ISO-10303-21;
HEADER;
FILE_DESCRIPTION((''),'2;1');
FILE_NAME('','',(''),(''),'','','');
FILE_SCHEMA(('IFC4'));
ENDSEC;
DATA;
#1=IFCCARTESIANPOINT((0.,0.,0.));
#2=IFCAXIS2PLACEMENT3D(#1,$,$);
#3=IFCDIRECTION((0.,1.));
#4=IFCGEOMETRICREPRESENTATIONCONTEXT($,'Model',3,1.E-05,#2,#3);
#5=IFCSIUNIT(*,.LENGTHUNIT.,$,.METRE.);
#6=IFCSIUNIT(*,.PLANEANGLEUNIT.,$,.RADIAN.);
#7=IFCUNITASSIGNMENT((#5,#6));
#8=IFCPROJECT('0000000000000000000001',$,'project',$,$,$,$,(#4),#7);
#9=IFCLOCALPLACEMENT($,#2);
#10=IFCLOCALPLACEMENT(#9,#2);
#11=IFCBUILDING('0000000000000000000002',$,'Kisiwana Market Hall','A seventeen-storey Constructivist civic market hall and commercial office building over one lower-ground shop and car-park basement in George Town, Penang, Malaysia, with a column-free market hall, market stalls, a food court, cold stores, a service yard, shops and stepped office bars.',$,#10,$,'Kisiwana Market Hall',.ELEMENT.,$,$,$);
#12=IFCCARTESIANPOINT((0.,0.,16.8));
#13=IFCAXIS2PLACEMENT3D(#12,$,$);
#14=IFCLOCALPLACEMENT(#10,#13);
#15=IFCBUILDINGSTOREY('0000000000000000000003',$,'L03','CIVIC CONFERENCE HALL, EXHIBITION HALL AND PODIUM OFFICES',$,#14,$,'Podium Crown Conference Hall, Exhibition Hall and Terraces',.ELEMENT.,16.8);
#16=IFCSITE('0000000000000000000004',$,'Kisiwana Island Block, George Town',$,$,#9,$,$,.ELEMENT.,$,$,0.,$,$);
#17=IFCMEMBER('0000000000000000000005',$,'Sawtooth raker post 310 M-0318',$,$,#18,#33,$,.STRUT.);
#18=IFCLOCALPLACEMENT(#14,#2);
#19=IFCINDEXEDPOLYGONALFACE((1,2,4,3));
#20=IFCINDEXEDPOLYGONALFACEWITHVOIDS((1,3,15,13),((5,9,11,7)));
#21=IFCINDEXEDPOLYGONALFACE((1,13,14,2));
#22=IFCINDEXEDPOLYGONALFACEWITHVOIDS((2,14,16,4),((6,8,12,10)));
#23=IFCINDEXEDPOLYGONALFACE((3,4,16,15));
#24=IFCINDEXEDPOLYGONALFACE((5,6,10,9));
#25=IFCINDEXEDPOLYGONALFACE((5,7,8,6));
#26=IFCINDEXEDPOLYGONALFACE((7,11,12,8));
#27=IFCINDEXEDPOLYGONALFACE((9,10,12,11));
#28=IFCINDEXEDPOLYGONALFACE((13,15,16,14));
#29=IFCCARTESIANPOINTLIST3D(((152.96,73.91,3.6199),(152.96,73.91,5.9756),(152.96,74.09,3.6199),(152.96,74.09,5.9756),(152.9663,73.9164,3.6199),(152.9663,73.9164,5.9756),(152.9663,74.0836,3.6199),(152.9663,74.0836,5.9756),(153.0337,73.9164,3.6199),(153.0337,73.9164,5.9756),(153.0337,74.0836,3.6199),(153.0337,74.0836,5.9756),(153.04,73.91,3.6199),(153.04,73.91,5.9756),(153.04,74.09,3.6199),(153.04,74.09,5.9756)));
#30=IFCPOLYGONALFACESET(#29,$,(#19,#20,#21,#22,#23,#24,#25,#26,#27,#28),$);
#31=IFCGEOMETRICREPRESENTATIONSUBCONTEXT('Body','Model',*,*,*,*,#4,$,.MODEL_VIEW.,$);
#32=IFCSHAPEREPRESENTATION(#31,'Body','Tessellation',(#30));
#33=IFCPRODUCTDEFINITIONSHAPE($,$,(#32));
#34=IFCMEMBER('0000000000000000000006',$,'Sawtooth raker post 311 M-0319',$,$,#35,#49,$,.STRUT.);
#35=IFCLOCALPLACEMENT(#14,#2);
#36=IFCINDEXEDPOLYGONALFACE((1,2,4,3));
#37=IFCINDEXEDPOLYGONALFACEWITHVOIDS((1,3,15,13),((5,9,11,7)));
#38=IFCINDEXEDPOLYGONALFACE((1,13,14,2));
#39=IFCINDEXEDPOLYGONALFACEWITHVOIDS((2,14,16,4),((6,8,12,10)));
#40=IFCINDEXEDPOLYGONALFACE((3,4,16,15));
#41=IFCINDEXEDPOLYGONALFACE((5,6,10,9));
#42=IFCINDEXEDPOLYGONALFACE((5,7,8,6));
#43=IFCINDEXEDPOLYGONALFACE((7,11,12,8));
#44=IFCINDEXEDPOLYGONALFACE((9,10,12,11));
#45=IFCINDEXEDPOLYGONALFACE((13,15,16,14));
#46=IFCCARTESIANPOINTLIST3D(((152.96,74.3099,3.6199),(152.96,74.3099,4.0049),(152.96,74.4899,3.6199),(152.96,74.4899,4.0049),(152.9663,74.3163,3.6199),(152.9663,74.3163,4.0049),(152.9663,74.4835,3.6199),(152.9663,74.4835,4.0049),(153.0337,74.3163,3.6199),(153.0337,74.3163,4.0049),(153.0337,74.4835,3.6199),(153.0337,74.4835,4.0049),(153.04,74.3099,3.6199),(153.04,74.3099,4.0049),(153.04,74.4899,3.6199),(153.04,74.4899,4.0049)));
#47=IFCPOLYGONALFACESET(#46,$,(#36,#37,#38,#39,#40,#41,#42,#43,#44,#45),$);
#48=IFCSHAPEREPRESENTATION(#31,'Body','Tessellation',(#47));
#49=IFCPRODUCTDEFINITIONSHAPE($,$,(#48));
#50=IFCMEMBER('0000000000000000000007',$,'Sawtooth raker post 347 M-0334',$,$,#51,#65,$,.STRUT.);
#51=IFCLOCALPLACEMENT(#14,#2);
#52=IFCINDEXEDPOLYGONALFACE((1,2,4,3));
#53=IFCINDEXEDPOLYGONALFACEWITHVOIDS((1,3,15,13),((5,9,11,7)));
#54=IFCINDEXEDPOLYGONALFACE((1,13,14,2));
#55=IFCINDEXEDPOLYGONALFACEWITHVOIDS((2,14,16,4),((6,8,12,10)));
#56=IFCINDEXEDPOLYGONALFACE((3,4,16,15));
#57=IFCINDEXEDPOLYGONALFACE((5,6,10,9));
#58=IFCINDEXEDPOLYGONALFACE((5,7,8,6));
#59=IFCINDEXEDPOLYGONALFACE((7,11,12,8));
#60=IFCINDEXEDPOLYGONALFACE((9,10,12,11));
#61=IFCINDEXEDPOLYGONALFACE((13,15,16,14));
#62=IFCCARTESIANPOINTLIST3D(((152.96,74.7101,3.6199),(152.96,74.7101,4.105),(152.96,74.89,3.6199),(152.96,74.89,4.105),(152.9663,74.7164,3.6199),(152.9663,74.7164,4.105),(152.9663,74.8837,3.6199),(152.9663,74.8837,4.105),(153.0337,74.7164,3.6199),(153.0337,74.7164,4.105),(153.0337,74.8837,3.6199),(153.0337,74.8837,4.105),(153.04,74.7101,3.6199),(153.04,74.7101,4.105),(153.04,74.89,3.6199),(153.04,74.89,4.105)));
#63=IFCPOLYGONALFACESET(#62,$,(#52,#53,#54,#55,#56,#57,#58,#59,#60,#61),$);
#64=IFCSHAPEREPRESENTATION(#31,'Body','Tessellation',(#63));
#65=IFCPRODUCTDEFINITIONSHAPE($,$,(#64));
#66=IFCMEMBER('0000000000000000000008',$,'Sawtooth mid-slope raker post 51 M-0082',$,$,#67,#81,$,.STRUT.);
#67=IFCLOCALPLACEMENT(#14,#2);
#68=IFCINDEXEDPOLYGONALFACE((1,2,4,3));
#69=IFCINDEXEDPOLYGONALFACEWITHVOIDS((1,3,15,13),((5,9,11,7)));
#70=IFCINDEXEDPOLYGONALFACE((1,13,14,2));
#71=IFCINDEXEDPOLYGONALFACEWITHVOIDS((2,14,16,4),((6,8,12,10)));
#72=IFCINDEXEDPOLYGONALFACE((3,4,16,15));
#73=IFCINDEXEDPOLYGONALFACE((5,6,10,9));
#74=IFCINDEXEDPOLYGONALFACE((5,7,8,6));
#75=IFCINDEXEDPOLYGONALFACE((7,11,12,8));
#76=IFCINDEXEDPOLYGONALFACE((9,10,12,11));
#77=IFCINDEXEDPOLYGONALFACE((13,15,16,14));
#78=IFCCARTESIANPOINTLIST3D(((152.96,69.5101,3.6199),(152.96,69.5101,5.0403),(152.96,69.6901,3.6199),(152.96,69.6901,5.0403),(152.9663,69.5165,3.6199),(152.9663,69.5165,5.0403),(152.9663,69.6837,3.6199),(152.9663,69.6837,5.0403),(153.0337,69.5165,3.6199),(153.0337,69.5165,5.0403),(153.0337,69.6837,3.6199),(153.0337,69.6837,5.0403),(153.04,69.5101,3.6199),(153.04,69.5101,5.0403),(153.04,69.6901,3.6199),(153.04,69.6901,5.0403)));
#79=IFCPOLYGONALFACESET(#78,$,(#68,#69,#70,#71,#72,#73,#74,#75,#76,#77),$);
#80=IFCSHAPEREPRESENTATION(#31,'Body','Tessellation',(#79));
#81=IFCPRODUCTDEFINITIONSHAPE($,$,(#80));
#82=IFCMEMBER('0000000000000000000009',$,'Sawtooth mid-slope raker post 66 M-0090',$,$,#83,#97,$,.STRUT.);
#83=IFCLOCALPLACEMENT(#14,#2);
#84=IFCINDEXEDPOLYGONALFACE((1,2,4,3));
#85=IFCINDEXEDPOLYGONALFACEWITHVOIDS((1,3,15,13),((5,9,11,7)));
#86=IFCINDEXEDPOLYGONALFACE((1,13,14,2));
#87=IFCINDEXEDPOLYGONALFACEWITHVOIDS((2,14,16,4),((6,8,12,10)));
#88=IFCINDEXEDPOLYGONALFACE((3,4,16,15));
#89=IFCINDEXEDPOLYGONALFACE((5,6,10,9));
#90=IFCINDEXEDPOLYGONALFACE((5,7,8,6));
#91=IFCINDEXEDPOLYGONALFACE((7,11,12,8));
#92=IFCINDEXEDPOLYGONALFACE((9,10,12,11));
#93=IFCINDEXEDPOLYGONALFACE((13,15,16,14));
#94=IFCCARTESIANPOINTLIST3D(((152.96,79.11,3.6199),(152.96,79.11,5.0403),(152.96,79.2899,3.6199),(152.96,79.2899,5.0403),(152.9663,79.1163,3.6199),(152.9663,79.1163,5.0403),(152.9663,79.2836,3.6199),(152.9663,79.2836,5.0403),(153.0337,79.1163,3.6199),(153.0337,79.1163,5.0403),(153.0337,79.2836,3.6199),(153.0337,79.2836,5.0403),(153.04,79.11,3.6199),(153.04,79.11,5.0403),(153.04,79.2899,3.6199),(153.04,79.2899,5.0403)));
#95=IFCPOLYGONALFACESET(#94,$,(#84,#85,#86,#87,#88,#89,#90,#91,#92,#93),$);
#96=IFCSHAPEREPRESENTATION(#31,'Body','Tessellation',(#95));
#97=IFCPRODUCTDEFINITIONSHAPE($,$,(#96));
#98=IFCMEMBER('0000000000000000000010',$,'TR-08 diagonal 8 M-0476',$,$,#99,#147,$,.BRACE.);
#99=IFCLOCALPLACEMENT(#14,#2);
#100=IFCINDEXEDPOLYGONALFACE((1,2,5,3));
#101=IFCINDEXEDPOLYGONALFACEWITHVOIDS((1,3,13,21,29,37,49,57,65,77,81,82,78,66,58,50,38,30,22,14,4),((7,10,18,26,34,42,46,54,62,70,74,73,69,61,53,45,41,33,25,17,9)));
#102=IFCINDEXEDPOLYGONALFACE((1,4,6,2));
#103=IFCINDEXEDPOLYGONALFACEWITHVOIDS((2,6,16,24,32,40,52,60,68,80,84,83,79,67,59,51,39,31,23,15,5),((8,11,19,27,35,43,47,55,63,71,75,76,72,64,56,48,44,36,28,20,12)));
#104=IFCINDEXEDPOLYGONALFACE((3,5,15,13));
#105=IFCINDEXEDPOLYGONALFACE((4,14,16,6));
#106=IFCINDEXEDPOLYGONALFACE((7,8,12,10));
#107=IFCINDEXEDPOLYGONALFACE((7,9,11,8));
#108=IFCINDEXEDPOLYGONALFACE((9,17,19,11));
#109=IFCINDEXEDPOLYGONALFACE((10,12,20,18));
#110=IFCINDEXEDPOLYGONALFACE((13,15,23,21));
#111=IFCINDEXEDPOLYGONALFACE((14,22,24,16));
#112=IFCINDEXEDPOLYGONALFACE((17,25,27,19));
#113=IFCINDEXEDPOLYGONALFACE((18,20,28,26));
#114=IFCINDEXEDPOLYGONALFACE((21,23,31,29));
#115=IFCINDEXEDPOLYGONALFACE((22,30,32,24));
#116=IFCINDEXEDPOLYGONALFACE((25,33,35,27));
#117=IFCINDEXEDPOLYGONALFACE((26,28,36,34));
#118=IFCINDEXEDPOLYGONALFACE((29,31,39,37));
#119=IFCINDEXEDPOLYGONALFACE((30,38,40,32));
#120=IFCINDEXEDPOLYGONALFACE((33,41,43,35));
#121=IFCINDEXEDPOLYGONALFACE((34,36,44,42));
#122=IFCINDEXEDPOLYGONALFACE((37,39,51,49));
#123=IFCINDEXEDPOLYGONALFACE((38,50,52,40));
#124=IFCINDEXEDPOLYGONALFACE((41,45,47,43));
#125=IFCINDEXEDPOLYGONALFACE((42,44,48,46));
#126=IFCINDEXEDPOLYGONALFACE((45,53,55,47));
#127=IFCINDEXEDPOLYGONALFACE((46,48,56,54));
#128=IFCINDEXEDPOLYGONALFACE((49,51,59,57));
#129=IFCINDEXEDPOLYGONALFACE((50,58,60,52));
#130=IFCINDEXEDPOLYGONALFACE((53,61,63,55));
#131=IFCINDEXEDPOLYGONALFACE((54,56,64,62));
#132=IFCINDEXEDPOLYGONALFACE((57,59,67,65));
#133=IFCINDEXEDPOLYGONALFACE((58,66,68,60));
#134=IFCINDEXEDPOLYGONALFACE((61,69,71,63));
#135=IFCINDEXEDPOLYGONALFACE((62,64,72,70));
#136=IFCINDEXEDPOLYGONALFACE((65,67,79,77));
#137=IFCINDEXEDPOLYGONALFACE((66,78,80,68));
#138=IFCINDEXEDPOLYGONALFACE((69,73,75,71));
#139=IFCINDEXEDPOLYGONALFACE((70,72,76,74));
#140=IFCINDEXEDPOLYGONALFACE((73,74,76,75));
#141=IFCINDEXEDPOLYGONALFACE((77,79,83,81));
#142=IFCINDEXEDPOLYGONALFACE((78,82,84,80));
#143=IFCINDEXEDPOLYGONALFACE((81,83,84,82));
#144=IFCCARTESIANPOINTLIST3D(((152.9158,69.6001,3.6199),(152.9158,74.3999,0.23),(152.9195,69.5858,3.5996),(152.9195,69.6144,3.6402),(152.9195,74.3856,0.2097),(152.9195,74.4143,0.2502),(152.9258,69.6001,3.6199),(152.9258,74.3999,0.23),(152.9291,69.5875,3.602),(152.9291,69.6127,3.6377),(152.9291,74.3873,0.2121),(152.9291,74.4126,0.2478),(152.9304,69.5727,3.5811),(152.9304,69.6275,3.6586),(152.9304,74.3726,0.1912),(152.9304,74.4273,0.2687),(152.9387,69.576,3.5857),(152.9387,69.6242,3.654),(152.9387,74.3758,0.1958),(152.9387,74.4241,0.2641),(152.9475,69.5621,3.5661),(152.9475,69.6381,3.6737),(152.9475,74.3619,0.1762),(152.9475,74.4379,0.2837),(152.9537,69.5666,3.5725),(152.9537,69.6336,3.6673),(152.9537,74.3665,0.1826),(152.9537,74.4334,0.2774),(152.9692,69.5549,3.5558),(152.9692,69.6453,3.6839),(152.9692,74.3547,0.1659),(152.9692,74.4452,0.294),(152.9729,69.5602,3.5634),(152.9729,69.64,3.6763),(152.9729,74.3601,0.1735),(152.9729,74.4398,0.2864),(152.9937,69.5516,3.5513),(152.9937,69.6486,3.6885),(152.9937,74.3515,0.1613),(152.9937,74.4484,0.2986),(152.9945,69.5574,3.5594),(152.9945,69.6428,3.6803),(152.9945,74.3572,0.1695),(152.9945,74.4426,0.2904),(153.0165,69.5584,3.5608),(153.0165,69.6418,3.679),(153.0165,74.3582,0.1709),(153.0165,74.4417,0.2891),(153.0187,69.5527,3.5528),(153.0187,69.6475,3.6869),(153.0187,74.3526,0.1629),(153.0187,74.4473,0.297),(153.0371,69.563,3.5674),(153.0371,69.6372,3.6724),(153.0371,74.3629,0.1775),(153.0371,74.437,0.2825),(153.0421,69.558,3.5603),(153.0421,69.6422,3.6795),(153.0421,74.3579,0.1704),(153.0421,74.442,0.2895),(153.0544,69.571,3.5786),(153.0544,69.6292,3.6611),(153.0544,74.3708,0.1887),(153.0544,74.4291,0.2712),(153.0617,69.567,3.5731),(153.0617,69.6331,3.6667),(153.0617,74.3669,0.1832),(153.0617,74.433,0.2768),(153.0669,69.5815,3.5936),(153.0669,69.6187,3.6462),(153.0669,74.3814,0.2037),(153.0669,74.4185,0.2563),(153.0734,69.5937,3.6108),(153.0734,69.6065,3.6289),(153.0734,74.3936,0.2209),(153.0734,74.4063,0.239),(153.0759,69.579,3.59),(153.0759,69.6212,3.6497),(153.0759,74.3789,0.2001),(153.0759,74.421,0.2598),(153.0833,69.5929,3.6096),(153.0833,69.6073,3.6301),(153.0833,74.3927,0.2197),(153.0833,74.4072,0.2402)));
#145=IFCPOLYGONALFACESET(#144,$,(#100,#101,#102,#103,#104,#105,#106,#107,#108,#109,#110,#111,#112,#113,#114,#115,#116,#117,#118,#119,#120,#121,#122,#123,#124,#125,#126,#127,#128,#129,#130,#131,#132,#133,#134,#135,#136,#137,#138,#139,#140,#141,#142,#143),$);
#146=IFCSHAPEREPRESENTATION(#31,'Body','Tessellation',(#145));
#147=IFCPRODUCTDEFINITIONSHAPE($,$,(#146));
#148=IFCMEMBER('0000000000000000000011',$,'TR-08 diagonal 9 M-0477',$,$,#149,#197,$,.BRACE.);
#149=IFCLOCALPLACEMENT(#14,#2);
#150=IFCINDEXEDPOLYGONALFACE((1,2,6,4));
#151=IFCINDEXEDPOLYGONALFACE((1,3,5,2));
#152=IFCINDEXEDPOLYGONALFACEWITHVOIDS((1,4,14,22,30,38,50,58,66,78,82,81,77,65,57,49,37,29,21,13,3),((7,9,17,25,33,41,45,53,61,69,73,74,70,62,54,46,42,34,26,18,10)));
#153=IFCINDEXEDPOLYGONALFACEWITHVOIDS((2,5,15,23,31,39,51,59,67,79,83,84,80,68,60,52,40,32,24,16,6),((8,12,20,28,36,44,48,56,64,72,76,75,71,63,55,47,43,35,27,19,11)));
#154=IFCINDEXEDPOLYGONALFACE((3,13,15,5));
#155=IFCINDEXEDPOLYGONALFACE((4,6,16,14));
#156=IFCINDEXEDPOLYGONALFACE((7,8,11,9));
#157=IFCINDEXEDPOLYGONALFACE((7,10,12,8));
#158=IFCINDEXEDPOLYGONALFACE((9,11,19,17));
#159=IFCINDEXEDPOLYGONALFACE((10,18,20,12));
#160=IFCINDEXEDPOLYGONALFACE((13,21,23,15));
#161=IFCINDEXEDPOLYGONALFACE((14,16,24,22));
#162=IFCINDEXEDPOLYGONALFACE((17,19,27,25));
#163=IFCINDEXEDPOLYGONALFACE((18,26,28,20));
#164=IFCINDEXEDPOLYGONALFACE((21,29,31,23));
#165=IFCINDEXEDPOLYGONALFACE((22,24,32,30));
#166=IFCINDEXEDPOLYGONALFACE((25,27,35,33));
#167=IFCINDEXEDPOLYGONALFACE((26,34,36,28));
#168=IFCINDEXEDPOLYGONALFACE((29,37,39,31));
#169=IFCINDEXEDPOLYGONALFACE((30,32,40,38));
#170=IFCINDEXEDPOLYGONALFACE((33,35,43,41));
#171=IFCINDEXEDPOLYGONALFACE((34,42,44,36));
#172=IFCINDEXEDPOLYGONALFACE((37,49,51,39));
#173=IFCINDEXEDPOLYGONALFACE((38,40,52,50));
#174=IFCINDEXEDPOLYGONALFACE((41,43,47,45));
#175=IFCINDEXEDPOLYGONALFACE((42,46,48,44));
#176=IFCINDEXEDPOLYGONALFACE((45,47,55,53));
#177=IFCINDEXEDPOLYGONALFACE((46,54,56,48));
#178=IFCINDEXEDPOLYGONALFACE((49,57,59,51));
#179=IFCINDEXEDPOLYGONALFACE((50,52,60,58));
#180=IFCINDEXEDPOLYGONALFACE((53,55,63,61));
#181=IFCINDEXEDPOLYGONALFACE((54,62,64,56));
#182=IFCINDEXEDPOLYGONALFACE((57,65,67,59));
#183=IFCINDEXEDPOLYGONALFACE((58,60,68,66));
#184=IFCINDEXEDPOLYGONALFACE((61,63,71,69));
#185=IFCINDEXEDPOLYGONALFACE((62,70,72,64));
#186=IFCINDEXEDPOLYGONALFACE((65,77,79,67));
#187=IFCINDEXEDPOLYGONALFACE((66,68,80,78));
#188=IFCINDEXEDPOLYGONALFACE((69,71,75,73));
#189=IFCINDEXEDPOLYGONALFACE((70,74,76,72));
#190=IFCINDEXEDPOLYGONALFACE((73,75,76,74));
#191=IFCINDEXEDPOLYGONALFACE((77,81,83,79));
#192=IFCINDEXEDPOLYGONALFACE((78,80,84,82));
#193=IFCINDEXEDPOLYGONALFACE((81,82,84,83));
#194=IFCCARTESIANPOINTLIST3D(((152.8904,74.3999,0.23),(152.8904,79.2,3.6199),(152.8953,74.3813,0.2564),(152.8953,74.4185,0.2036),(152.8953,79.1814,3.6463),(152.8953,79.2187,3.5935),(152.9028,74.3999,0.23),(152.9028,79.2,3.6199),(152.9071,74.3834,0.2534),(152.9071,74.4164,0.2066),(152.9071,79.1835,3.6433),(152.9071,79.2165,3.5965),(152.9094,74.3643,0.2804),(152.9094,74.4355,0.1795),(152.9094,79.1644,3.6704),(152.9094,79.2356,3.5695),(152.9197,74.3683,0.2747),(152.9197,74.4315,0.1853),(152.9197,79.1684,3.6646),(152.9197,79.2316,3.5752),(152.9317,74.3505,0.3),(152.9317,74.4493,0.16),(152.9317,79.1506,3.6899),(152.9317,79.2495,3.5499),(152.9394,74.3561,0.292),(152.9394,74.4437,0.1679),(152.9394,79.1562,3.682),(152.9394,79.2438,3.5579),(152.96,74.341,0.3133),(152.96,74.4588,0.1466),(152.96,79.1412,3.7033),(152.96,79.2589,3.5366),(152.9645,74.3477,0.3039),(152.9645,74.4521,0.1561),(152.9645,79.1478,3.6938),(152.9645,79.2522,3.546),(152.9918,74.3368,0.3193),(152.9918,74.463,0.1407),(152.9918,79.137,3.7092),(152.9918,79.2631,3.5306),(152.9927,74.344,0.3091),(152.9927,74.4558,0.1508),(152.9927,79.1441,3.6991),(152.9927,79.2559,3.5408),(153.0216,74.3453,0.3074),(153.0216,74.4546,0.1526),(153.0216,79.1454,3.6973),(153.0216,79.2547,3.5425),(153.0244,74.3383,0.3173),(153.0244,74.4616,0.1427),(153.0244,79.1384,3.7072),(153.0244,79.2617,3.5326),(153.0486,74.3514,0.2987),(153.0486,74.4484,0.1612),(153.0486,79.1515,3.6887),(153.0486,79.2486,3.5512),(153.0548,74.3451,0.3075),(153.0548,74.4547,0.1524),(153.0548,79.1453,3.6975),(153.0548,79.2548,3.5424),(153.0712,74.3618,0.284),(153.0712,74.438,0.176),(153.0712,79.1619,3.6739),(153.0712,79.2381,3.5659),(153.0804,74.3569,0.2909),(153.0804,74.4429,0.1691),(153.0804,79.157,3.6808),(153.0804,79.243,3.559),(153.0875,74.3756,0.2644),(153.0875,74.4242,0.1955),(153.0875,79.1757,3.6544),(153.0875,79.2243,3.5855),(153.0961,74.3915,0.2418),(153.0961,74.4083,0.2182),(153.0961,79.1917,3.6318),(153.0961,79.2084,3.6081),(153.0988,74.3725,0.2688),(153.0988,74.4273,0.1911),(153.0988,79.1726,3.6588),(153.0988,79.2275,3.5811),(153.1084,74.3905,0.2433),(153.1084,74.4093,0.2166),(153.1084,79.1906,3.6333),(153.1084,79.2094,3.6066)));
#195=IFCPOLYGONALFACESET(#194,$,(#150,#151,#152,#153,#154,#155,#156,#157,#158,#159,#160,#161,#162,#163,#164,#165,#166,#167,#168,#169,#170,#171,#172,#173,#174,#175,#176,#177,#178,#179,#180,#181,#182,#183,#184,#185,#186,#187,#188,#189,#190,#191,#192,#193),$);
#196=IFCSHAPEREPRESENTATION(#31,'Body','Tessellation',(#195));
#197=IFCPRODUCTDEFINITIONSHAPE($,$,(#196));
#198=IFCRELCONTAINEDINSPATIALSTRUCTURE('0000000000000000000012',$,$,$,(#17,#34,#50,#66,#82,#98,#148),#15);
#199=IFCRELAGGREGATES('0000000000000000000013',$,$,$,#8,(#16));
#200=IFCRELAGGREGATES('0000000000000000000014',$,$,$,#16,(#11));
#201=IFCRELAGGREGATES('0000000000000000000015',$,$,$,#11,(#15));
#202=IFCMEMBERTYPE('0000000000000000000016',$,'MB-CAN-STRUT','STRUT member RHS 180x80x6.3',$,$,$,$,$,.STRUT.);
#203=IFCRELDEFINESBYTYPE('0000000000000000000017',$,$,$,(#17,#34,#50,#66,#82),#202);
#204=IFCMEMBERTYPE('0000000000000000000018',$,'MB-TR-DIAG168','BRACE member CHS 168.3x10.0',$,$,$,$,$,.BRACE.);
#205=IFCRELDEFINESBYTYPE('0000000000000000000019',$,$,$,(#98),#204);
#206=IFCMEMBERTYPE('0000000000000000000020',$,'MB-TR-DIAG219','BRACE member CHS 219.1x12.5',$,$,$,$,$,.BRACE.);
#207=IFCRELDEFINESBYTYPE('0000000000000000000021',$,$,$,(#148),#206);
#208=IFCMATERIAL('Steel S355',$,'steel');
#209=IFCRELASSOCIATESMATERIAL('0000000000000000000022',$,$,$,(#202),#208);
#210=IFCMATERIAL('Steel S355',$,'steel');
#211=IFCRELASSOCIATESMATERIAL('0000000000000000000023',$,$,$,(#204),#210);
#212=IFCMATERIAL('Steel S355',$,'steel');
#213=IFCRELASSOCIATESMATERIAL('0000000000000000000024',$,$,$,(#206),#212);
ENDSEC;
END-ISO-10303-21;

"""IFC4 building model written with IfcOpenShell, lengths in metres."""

from ifc_helpers import new_model, si_unit, direction, frame, origin, origin_2d, place, context, subcontext, project, spatial, hollow_rectangle, hollow_circle, extrude, material, material_profile, profile_set, type_object, element, save


model = new_model("IFC4")

# Units and contexts
model_context = context("Model", 3, precision=1e-05, world=origin(), true_north=direction((0.0, 1.0)))
body_context = subcontext(model_context, "Body", "Model", "MODEL_VIEW")
ifc_project = project(units=[si_unit("LENGTHUNIT", "METRE"), si_unit("PLANEANGLEUNIT", "RADIAN")], contexts=[model_context])

# Site, building, storey
site_placement = place(None, origin())
site = spatial("IfcSite", under=ifc_project, at=site_placement, Name="Kisiwana Island Block, George Town", CompositionType="ELEMENT", RefElevation=0.0)
building_placement = place(site_placement, origin())
building = spatial("IfcBuilding", under=site, at=building_placement, Name="Kisiwana Market Hall", Description="A seventeen-storey Constructivist civic market hall and commercial office building over one lower-ground shop and car-park basement in George Town, Penang, Malaysia, with a column-free market hall, market stalls, a food court, cold stores, a service yard, shops and stepped office bars.", LongName="Kisiwana Market Hall", CompositionType="ELEMENT")
storey_placement = place(building_placement, frame((0.0, 0.0, 16.8)))
storey = spatial("IfcBuildingStorey", under=building, at=storey_placement, Name="L03", Description="CIVIC CONFERENCE HALL, EXHIBITION HALL AND PODIUM OFFICES", LongName="Podium Crown Conference Hall, Exhibition Hall and Terraces", CompositionType="ELEMENT", Elevation=16.8)

# Members
ifc_material_1 = material(Name="Steel S355", Category="steel")
ifc_material_profile_1 = material_profile(ifc_material_1, hollow_rectangle(XDim=0.0801, YDim=0.1799, WallThickness=0.0063, at=origin_2d()), Name="RHS 180x80x6.3")
ifc_profile_set_1 = profile_set([ifc_material_profile_1], Name="Steel S355")
member_type_1 = type_object("IfcMemberType", Name="MB-CAN-STRUT", Description="STRUT member RHS 180x80x6.3", PredefinedType="STRUT", material=ifc_profile_set_1)
member_1_placement = place(storey_placement, frame((153.0, 74.0, 3.6199), z_axis=(0.0, 0.0, 1.0), x_axis=(1.0, 0.0, 0.0)))
element("IfcMember", 1, at=member_1_placement, inside=storey, type_object=member_type_1, Name="Sawtooth raker post 310 M-0318", PredefinedType="STRUT", context=body_context, shape_type="SweptSolid", body=[
    extrude(hollow_rectangle(XDim=0.0801, YDim=0.1799, WallThickness=0.0063, at=origin_2d()), origin(), (0.0, 0.0, 1.0), 2.3557),
])
member_2_placement = place(storey_placement, frame((153.0, 74.3999, 3.6199), z_axis=(0.0, 0.0, 1.0), x_axis=(1.0, 0.0, 0.0)))
element("IfcMember", 2, at=member_2_placement, inside=storey, type_object=member_type_1, Name="Sawtooth raker post 311 M-0319", PredefinedType="STRUT", context=body_context, shape_type="SweptSolid", body=[
    extrude(hollow_rectangle(XDim=0.0801, YDim=0.1799, WallThickness=0.0063, at=origin_2d()), origin(), (0.0, 0.0, 1.0), 0.385),
])
member_3_placement = place(storey_placement, frame((153.0, 74.8, 3.6199), z_axis=(0.0, 0.0, 1.0), x_axis=(1.0, 0.0, 0.0)))
element("IfcMember", 3, at=member_3_placement, inside=storey, type_object=member_type_1, Name="Sawtooth raker post 347 M-0334", PredefinedType="STRUT", context=body_context, shape_type="SweptSolid", body=[
    extrude(hollow_rectangle(XDim=0.0801, YDim=0.1799, WallThickness=0.0063, at=origin_2d()), origin(), (0.0, 0.0, 1.0), 0.4851),
])
for number, where, z_axis, x_axis, name in (
    (4, (153.0, 69.6001, 3.6199), (0.0, 0.0, 1.0), (1.0, 0.0, 0.0), "Sawtooth mid-slope raker post 51 M-0082"),
    (5, (153.0, 79.2, 3.6199), (0.0, 0.0, 1.0), (1.0, 0.0, 0.0), "Sawtooth mid-slope raker post 66 M-0090"),
):
    element("IfcMember", number, at=place(storey_placement, frame(where, z_axis=z_axis, x_axis=x_axis)), inside=storey, type_object=member_type_1, Name=name, PredefinedType="STRUT", context=body_context, shape_type="SweptSolid", body=[
        extrude(hollow_rectangle(XDim=0.0801, YDim=0.1799, WallThickness=0.0063, at=origin_2d()), origin(), (0.0, 0.0, 1.0), 1.4204),
    ])
ifc_material_2 = material(Name="Steel S355", Category="steel")
ifc_material_profile_2 = material_profile(ifc_material_2, hollow_circle(Radius=0.0842, WallThickness=0.01, at=origin_2d()), Name="CHS 168.3x10.0")
ifc_profile_set_2 = profile_set([ifc_material_profile_2], Name="Steel S355")
member_type_2 = type_object("IfcMemberType", Name="MB-TR-DIAG168", Description="BRACE member CHS 168.3x10.0", PredefinedType="BRACE", material=ifc_profile_set_2)
member_4_placement = place(storey_placement, frame((153.0, 69.6001, 3.6199), z_axis=(0.0, 0.816824, -0.576887), x_axis=(-1.0, 0.0, 0.0)))
element("IfcMember", 6, at=member_4_placement, inside=storey, type_object=member_type_2, Name="TR-08 diagonal 8 M-0476", PredefinedType="BRACE", context=body_context, shape_type="SweptSolid", body=[
    extrude(hollow_circle(Radius=0.0842, WallThickness=0.01, at=origin_2d()), origin(), (0.0, 0.0, 1.0), 5.8762),
])
ifc_material_3 = material(Name="Steel S355", Category="steel")
ifc_material_profile_3 = material_profile(ifc_material_3, hollow_circle(Radius=0.1096, WallThickness=0.0125, at=origin_2d()), Name="CHS 219.1x12.5")
ifc_profile_set_3 = profile_set([ifc_material_profile_3], Name="Steel S355")
member_type_3 = type_object("IfcMemberType", Name="MB-TR-DIAG219", Description="BRACE member CHS 219.1x12.5", PredefinedType="BRACE", material=ifc_profile_set_3)
for number, where, z_axis, x_axis, name in (
    (7, (153.0, 74.3999, 0.23), (0.0, 0.816838, 0.576868), (-1.0, 0.0, 0.0), "TR-08 diagonal 9 M-0477"),
):
    element("IfcMember", number, at=place(storey_placement, frame(where, z_axis=z_axis, x_axis=x_axis)), inside=storey, type_object=member_type_3, Name=name, PredefinedType="BRACE", context=body_context, shape_type="SweptSolid", body=[
        extrude(hollow_circle(Radius=0.1096, WallThickness=0.0125, at=origin_2d()), origin(), (0.0, 0.0, 1.0), 5.8765),
    ])

save(model, "model.ifc")
